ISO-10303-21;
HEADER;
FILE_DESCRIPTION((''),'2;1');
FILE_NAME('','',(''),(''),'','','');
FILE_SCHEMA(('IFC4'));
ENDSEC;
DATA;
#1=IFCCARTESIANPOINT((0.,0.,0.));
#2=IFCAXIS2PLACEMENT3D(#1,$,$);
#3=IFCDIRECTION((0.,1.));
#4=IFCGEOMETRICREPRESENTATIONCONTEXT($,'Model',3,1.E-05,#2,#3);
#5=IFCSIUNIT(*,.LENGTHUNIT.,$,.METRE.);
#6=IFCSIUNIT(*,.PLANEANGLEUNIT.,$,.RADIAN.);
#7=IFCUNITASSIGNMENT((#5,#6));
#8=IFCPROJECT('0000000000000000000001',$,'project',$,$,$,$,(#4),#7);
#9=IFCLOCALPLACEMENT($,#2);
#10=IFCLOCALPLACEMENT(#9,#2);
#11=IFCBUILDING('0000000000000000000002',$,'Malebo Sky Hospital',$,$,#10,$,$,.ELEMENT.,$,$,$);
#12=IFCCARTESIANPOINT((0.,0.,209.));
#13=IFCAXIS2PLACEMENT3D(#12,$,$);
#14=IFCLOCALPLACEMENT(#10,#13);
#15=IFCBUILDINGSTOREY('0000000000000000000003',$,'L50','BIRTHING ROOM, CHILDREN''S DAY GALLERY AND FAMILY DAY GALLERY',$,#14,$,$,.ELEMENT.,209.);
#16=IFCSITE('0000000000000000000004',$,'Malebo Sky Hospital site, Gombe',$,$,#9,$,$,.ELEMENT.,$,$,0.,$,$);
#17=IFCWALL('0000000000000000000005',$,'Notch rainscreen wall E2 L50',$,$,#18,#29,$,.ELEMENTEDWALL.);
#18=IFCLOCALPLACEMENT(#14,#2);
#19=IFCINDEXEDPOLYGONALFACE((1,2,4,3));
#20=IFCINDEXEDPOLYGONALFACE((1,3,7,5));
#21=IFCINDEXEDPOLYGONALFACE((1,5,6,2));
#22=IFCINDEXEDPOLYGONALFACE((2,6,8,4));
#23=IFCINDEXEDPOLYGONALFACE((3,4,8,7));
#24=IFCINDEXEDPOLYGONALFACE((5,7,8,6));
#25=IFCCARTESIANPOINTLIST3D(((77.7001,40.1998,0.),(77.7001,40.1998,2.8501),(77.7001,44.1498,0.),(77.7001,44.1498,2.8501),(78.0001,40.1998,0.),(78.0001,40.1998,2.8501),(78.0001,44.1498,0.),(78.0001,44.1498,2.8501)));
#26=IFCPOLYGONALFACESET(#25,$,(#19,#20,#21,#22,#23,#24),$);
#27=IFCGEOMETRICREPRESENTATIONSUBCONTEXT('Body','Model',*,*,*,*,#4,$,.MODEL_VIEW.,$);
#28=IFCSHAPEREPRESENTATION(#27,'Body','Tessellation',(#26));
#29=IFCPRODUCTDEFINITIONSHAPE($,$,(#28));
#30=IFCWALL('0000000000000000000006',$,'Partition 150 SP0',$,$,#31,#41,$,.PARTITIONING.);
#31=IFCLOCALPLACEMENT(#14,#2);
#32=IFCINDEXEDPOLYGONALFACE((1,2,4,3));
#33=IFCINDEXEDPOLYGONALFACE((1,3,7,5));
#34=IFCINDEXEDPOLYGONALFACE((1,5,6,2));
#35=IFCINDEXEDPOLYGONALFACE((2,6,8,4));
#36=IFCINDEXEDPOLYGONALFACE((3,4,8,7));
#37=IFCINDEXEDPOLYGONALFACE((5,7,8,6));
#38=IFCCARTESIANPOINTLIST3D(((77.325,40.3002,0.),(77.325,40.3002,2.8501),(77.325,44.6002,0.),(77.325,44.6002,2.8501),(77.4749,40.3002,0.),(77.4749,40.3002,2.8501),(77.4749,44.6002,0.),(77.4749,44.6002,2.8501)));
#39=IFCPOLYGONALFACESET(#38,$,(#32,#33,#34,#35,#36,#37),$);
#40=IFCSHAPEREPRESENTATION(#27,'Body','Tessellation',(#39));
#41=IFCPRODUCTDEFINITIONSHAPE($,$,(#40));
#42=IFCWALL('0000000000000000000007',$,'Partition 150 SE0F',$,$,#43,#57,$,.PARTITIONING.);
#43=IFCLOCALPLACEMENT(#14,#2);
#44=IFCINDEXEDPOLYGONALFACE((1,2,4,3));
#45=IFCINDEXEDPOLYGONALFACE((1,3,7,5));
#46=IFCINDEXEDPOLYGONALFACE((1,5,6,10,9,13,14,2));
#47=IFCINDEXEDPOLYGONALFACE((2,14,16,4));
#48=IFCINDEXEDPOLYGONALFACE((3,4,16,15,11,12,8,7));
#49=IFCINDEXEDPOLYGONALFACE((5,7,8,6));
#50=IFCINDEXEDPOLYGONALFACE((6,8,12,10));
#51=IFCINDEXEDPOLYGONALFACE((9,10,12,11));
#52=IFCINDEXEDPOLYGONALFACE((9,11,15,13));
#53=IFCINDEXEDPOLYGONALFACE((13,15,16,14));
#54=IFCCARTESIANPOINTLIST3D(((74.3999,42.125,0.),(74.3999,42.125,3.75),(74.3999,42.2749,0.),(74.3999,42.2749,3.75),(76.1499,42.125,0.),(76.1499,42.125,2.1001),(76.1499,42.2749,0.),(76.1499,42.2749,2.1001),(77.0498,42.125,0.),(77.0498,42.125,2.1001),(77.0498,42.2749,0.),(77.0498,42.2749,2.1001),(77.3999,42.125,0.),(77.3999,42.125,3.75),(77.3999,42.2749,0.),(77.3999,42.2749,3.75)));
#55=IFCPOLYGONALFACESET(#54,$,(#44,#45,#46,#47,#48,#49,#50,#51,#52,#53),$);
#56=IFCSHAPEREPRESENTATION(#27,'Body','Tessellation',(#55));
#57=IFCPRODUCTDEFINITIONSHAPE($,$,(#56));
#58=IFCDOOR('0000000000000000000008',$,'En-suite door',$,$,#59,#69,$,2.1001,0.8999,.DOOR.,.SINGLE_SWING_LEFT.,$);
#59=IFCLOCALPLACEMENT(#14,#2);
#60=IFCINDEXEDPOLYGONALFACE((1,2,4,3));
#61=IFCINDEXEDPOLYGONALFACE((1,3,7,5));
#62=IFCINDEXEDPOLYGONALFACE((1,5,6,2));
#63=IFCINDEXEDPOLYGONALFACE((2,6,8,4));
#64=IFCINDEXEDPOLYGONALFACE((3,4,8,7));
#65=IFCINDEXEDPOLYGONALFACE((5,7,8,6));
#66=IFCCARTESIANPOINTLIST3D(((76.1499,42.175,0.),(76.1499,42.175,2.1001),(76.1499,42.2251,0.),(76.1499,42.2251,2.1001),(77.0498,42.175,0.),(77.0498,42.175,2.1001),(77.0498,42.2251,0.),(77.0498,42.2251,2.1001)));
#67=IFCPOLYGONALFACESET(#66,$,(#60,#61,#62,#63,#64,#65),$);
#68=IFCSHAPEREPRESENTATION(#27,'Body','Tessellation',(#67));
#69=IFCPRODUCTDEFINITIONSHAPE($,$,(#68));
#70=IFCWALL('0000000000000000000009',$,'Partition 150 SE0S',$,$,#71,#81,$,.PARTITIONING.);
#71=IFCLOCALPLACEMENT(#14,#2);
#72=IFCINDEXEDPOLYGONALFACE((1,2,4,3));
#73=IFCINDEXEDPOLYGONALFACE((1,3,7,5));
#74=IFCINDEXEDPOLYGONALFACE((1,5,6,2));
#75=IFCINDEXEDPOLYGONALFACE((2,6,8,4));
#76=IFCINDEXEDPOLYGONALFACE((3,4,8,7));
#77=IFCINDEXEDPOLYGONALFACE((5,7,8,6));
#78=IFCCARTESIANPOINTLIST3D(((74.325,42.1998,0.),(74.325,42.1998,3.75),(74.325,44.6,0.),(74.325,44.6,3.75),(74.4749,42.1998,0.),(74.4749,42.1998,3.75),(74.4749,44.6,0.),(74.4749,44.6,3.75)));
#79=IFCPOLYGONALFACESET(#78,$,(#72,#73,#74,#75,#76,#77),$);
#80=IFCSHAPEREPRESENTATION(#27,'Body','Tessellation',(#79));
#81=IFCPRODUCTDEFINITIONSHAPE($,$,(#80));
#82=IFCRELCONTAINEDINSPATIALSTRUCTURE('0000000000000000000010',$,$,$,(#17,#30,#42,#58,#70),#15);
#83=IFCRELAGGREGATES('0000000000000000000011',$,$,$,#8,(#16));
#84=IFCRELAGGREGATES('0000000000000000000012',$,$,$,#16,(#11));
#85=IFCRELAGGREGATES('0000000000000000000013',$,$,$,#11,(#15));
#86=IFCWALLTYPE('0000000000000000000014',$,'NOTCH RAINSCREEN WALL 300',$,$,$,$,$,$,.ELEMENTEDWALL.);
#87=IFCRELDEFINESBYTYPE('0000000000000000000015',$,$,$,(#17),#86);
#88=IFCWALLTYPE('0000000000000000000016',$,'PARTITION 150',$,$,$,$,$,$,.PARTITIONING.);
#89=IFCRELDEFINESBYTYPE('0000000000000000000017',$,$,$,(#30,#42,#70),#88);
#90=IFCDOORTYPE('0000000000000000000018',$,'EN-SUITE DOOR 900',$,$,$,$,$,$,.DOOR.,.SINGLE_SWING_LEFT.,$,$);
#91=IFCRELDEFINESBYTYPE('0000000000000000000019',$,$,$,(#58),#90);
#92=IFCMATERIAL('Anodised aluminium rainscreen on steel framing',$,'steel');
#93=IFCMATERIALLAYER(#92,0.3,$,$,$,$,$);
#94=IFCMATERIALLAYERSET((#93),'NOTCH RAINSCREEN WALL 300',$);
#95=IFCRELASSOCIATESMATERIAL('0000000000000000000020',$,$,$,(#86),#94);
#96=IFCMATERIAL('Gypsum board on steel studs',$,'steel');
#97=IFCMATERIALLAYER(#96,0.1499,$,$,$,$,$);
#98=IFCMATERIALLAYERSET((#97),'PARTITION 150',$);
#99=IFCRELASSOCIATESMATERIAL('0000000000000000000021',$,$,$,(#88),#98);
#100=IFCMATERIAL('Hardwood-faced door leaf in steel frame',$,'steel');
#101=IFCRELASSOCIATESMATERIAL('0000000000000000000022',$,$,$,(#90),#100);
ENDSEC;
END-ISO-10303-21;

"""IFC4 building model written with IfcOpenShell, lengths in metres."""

from ifc_helpers import new_model, si_unit, direction, frame, frame_2d, origin, place, context, subcontext, project, spatial, rectangle, extrude, material, layer, layer_set, type_object, element, fill, save


model = new_model("IFC4")

# Units and contexts
model_context = context("Model", 3, precision=1e-05, world=origin(), true_north=direction((0.0, 1.0)))
body_context = subcontext(model_context, "Body", "Model", "MODEL_VIEW")
ifc_project = project(units=[si_unit("LENGTHUNIT", "METRE"), si_unit("PLANEANGLEUNIT", "RADIAN")], contexts=[model_context])

# Site, building, storey
site_placement = place(None, origin())
site = spatial("IfcSite", under=ifc_project, at=site_placement, Name="Malebo Sky Hospital site, Gombe", CompositionType="ELEMENT", RefElevation=0.0)
building_placement = place(site_placement, origin())
building = spatial("IfcBuilding", under=site, at=building_placement, Name="Malebo Sky Hospital", CompositionType="ELEMENT")
storey_placement = place(building_placement, frame((0.0, 0.0, 209.0)))
storey = spatial("IfcBuildingStorey", under=building, at=storey_placement, Name="L50", Description="BIRTHING ROOM, CHILDREN'S DAY GALLERY AND FAMILY DAY GALLERY", CompositionType="ELEMENT", Elevation=209.0)

# Shared definitions
ifc_material_1 = material(Name="Gypsum board on steel studs", Category="steel")
ifc_material_2 = material(Name="Hardwood-faced door leaf in steel frame", Category="steel")

# Walls
ifc_material_3 = material(Name="Anodised aluminium rainscreen on steel framing", Category="steel")
ifc_layer_1 = layer(ifc_material_3, 0.3)
ifc_layer_set_1 = layer_set([ifc_layer_1], Name="NOTCH RAINSCREEN WALL 300")
wall_type_1 = type_object("IfcWallType", Name="NOTCH RAINSCREEN WALL 300", PredefinedType="ELEMENTEDWALL", material=ifc_layer_set_1)
for number, where, z_axis, x_axis, name in (
    (1, (77.8501, 44.1499, 0.0), (0.0, 0.0, 1.0), (0.0, -1.0, 0.0), "Notch rainscreen wall E2 L50"),
):
    element("IfcWall", number, at=place(storey_placement, frame(where, z_axis=z_axis, x_axis=x_axis)), inside=storey, type_object=wall_type_1, Name=name, PredefinedType="ELEMENTEDWALL", context=body_context, shape_type="SweptSolid", body=[
        extrude(rectangle(XDim=3.95, YDim=0.3, at=frame_2d((1.9751, 0.0))), origin(), (0.0, 0.0, 1.0), 2.8501),
    ])
ifc_layer_2 = layer(ifc_material_1, 0.1499)
ifc_layer_set_2 = layer_set([ifc_layer_2], Name="PARTITION 150")
wall_type_2 = type_object("IfcWallType", Name="PARTITION 150", PredefinedType="PARTITIONING", material=ifc_layer_set_2)
wall_1_placement = place(storey_placement, frame((77.3999, 44.6001, 0.0), z_axis=(0.0, 0.0, 1.0), x_axis=(0.0, -1.0, 0.0)))
element("IfcWall", 2, at=wall_1_placement, inside=storey, type_object=wall_type_2, Name="Partition 150 SP0", PredefinedType="PARTITIONING", context=body_context, shape_type="SweptSolid", body=[
    extrude(rectangle(XDim=4.3, YDim=0.1499, at=frame_2d((2.1499, 0.0))), origin(), (0.0, 0.0, 1.0), 2.8501),
])

# Wall, opening, door
wall_2_placement = place(storey_placement, frame((77.3999, 42.2, 0.0), z_axis=(0.0, 0.0, 1.0), x_axis=(-1.0, 0.0, 0.0)))
wall_2 = element("IfcWall", 3, at=wall_2_placement, inside=storey, type_object=wall_type_2, Name="Partition 150 SE0F", PredefinedType="PARTITIONING", context=body_context, shape_type="SweptSolid", body=[
    extrude(rectangle(XDim=3.0, YDim=0.1499, at=frame_2d((1.5, 0.0))), origin(), (0.0, 0.0, 1.0), 3.75),
])
opening_1_placement = place(wall_2_placement, frame((0.3501, 0.0, 0.0)))
opening_1 = element("IfcOpeningElement", 4, at=opening_1_placement, cuts=wall_2, PredefinedType="OPENING", context=body_context, shape_type="SweptSolid", body=[
    extrude(rectangle(XDim=0.8999, YDim=2.1001, at=frame_2d((0.45, 1.05))), frame((0.0, 0.085, 0.0), z_axis=(0.0, -1.0, 0.0), x_axis=(1.0, 0.0, 0.0)), (0.0, 0.0, 1.0), 0.1699),
])
door_type_1 = type_object("IfcDoorType", Name="EN-SUITE DOOR 900", OperationType="SINGLE_SWING_LEFT", PredefinedType="DOOR", material=ifc_material_2)
door_1_placement = place(opening_1_placement, origin())
door_1 = element("IfcDoor", 5, at=door_1_placement, inside=storey, type_object=door_type_1, Name="En-suite door", OperationType="SINGLE_SWING_LEFT", OverallHeight=2.1001, OverallWidth=0.8999, PredefinedType="DOOR", context=body_context, shape_type="SweptSolid", body=[
    extrude(rectangle(XDim=0.8999, YDim=2.1001, at=frame_2d((0.45, 1.05))), frame((0.0, 0.0249, 0.0), z_axis=(0.0, -1.0, 0.0), x_axis=(1.0, 0.0, 0.0)), (0.0, 0.0, 1.0), 0.05),
])
fill(opening_1, door_1)

# Wall
wall_3_placement = place(storey_placement, frame((74.3999, 44.6001, 0.0), z_axis=(0.0, 0.0, 1.0), x_axis=(0.0, -1.0, 0.0)))
element("IfcWall", 6, at=wall_3_placement, inside=storey, type_object=wall_type_2, Name="Partition 150 SE0S", PredefinedType="PARTITIONING", context=body_context, shape_type="SweptSolid", body=[
    extrude(rectangle(XDim=2.4001, YDim=0.1499, at=frame_2d((1.2002, 0.0))), origin(), (0.0, 0.0, 1.0), 3.75),
])

save(model, "model.ifc")
